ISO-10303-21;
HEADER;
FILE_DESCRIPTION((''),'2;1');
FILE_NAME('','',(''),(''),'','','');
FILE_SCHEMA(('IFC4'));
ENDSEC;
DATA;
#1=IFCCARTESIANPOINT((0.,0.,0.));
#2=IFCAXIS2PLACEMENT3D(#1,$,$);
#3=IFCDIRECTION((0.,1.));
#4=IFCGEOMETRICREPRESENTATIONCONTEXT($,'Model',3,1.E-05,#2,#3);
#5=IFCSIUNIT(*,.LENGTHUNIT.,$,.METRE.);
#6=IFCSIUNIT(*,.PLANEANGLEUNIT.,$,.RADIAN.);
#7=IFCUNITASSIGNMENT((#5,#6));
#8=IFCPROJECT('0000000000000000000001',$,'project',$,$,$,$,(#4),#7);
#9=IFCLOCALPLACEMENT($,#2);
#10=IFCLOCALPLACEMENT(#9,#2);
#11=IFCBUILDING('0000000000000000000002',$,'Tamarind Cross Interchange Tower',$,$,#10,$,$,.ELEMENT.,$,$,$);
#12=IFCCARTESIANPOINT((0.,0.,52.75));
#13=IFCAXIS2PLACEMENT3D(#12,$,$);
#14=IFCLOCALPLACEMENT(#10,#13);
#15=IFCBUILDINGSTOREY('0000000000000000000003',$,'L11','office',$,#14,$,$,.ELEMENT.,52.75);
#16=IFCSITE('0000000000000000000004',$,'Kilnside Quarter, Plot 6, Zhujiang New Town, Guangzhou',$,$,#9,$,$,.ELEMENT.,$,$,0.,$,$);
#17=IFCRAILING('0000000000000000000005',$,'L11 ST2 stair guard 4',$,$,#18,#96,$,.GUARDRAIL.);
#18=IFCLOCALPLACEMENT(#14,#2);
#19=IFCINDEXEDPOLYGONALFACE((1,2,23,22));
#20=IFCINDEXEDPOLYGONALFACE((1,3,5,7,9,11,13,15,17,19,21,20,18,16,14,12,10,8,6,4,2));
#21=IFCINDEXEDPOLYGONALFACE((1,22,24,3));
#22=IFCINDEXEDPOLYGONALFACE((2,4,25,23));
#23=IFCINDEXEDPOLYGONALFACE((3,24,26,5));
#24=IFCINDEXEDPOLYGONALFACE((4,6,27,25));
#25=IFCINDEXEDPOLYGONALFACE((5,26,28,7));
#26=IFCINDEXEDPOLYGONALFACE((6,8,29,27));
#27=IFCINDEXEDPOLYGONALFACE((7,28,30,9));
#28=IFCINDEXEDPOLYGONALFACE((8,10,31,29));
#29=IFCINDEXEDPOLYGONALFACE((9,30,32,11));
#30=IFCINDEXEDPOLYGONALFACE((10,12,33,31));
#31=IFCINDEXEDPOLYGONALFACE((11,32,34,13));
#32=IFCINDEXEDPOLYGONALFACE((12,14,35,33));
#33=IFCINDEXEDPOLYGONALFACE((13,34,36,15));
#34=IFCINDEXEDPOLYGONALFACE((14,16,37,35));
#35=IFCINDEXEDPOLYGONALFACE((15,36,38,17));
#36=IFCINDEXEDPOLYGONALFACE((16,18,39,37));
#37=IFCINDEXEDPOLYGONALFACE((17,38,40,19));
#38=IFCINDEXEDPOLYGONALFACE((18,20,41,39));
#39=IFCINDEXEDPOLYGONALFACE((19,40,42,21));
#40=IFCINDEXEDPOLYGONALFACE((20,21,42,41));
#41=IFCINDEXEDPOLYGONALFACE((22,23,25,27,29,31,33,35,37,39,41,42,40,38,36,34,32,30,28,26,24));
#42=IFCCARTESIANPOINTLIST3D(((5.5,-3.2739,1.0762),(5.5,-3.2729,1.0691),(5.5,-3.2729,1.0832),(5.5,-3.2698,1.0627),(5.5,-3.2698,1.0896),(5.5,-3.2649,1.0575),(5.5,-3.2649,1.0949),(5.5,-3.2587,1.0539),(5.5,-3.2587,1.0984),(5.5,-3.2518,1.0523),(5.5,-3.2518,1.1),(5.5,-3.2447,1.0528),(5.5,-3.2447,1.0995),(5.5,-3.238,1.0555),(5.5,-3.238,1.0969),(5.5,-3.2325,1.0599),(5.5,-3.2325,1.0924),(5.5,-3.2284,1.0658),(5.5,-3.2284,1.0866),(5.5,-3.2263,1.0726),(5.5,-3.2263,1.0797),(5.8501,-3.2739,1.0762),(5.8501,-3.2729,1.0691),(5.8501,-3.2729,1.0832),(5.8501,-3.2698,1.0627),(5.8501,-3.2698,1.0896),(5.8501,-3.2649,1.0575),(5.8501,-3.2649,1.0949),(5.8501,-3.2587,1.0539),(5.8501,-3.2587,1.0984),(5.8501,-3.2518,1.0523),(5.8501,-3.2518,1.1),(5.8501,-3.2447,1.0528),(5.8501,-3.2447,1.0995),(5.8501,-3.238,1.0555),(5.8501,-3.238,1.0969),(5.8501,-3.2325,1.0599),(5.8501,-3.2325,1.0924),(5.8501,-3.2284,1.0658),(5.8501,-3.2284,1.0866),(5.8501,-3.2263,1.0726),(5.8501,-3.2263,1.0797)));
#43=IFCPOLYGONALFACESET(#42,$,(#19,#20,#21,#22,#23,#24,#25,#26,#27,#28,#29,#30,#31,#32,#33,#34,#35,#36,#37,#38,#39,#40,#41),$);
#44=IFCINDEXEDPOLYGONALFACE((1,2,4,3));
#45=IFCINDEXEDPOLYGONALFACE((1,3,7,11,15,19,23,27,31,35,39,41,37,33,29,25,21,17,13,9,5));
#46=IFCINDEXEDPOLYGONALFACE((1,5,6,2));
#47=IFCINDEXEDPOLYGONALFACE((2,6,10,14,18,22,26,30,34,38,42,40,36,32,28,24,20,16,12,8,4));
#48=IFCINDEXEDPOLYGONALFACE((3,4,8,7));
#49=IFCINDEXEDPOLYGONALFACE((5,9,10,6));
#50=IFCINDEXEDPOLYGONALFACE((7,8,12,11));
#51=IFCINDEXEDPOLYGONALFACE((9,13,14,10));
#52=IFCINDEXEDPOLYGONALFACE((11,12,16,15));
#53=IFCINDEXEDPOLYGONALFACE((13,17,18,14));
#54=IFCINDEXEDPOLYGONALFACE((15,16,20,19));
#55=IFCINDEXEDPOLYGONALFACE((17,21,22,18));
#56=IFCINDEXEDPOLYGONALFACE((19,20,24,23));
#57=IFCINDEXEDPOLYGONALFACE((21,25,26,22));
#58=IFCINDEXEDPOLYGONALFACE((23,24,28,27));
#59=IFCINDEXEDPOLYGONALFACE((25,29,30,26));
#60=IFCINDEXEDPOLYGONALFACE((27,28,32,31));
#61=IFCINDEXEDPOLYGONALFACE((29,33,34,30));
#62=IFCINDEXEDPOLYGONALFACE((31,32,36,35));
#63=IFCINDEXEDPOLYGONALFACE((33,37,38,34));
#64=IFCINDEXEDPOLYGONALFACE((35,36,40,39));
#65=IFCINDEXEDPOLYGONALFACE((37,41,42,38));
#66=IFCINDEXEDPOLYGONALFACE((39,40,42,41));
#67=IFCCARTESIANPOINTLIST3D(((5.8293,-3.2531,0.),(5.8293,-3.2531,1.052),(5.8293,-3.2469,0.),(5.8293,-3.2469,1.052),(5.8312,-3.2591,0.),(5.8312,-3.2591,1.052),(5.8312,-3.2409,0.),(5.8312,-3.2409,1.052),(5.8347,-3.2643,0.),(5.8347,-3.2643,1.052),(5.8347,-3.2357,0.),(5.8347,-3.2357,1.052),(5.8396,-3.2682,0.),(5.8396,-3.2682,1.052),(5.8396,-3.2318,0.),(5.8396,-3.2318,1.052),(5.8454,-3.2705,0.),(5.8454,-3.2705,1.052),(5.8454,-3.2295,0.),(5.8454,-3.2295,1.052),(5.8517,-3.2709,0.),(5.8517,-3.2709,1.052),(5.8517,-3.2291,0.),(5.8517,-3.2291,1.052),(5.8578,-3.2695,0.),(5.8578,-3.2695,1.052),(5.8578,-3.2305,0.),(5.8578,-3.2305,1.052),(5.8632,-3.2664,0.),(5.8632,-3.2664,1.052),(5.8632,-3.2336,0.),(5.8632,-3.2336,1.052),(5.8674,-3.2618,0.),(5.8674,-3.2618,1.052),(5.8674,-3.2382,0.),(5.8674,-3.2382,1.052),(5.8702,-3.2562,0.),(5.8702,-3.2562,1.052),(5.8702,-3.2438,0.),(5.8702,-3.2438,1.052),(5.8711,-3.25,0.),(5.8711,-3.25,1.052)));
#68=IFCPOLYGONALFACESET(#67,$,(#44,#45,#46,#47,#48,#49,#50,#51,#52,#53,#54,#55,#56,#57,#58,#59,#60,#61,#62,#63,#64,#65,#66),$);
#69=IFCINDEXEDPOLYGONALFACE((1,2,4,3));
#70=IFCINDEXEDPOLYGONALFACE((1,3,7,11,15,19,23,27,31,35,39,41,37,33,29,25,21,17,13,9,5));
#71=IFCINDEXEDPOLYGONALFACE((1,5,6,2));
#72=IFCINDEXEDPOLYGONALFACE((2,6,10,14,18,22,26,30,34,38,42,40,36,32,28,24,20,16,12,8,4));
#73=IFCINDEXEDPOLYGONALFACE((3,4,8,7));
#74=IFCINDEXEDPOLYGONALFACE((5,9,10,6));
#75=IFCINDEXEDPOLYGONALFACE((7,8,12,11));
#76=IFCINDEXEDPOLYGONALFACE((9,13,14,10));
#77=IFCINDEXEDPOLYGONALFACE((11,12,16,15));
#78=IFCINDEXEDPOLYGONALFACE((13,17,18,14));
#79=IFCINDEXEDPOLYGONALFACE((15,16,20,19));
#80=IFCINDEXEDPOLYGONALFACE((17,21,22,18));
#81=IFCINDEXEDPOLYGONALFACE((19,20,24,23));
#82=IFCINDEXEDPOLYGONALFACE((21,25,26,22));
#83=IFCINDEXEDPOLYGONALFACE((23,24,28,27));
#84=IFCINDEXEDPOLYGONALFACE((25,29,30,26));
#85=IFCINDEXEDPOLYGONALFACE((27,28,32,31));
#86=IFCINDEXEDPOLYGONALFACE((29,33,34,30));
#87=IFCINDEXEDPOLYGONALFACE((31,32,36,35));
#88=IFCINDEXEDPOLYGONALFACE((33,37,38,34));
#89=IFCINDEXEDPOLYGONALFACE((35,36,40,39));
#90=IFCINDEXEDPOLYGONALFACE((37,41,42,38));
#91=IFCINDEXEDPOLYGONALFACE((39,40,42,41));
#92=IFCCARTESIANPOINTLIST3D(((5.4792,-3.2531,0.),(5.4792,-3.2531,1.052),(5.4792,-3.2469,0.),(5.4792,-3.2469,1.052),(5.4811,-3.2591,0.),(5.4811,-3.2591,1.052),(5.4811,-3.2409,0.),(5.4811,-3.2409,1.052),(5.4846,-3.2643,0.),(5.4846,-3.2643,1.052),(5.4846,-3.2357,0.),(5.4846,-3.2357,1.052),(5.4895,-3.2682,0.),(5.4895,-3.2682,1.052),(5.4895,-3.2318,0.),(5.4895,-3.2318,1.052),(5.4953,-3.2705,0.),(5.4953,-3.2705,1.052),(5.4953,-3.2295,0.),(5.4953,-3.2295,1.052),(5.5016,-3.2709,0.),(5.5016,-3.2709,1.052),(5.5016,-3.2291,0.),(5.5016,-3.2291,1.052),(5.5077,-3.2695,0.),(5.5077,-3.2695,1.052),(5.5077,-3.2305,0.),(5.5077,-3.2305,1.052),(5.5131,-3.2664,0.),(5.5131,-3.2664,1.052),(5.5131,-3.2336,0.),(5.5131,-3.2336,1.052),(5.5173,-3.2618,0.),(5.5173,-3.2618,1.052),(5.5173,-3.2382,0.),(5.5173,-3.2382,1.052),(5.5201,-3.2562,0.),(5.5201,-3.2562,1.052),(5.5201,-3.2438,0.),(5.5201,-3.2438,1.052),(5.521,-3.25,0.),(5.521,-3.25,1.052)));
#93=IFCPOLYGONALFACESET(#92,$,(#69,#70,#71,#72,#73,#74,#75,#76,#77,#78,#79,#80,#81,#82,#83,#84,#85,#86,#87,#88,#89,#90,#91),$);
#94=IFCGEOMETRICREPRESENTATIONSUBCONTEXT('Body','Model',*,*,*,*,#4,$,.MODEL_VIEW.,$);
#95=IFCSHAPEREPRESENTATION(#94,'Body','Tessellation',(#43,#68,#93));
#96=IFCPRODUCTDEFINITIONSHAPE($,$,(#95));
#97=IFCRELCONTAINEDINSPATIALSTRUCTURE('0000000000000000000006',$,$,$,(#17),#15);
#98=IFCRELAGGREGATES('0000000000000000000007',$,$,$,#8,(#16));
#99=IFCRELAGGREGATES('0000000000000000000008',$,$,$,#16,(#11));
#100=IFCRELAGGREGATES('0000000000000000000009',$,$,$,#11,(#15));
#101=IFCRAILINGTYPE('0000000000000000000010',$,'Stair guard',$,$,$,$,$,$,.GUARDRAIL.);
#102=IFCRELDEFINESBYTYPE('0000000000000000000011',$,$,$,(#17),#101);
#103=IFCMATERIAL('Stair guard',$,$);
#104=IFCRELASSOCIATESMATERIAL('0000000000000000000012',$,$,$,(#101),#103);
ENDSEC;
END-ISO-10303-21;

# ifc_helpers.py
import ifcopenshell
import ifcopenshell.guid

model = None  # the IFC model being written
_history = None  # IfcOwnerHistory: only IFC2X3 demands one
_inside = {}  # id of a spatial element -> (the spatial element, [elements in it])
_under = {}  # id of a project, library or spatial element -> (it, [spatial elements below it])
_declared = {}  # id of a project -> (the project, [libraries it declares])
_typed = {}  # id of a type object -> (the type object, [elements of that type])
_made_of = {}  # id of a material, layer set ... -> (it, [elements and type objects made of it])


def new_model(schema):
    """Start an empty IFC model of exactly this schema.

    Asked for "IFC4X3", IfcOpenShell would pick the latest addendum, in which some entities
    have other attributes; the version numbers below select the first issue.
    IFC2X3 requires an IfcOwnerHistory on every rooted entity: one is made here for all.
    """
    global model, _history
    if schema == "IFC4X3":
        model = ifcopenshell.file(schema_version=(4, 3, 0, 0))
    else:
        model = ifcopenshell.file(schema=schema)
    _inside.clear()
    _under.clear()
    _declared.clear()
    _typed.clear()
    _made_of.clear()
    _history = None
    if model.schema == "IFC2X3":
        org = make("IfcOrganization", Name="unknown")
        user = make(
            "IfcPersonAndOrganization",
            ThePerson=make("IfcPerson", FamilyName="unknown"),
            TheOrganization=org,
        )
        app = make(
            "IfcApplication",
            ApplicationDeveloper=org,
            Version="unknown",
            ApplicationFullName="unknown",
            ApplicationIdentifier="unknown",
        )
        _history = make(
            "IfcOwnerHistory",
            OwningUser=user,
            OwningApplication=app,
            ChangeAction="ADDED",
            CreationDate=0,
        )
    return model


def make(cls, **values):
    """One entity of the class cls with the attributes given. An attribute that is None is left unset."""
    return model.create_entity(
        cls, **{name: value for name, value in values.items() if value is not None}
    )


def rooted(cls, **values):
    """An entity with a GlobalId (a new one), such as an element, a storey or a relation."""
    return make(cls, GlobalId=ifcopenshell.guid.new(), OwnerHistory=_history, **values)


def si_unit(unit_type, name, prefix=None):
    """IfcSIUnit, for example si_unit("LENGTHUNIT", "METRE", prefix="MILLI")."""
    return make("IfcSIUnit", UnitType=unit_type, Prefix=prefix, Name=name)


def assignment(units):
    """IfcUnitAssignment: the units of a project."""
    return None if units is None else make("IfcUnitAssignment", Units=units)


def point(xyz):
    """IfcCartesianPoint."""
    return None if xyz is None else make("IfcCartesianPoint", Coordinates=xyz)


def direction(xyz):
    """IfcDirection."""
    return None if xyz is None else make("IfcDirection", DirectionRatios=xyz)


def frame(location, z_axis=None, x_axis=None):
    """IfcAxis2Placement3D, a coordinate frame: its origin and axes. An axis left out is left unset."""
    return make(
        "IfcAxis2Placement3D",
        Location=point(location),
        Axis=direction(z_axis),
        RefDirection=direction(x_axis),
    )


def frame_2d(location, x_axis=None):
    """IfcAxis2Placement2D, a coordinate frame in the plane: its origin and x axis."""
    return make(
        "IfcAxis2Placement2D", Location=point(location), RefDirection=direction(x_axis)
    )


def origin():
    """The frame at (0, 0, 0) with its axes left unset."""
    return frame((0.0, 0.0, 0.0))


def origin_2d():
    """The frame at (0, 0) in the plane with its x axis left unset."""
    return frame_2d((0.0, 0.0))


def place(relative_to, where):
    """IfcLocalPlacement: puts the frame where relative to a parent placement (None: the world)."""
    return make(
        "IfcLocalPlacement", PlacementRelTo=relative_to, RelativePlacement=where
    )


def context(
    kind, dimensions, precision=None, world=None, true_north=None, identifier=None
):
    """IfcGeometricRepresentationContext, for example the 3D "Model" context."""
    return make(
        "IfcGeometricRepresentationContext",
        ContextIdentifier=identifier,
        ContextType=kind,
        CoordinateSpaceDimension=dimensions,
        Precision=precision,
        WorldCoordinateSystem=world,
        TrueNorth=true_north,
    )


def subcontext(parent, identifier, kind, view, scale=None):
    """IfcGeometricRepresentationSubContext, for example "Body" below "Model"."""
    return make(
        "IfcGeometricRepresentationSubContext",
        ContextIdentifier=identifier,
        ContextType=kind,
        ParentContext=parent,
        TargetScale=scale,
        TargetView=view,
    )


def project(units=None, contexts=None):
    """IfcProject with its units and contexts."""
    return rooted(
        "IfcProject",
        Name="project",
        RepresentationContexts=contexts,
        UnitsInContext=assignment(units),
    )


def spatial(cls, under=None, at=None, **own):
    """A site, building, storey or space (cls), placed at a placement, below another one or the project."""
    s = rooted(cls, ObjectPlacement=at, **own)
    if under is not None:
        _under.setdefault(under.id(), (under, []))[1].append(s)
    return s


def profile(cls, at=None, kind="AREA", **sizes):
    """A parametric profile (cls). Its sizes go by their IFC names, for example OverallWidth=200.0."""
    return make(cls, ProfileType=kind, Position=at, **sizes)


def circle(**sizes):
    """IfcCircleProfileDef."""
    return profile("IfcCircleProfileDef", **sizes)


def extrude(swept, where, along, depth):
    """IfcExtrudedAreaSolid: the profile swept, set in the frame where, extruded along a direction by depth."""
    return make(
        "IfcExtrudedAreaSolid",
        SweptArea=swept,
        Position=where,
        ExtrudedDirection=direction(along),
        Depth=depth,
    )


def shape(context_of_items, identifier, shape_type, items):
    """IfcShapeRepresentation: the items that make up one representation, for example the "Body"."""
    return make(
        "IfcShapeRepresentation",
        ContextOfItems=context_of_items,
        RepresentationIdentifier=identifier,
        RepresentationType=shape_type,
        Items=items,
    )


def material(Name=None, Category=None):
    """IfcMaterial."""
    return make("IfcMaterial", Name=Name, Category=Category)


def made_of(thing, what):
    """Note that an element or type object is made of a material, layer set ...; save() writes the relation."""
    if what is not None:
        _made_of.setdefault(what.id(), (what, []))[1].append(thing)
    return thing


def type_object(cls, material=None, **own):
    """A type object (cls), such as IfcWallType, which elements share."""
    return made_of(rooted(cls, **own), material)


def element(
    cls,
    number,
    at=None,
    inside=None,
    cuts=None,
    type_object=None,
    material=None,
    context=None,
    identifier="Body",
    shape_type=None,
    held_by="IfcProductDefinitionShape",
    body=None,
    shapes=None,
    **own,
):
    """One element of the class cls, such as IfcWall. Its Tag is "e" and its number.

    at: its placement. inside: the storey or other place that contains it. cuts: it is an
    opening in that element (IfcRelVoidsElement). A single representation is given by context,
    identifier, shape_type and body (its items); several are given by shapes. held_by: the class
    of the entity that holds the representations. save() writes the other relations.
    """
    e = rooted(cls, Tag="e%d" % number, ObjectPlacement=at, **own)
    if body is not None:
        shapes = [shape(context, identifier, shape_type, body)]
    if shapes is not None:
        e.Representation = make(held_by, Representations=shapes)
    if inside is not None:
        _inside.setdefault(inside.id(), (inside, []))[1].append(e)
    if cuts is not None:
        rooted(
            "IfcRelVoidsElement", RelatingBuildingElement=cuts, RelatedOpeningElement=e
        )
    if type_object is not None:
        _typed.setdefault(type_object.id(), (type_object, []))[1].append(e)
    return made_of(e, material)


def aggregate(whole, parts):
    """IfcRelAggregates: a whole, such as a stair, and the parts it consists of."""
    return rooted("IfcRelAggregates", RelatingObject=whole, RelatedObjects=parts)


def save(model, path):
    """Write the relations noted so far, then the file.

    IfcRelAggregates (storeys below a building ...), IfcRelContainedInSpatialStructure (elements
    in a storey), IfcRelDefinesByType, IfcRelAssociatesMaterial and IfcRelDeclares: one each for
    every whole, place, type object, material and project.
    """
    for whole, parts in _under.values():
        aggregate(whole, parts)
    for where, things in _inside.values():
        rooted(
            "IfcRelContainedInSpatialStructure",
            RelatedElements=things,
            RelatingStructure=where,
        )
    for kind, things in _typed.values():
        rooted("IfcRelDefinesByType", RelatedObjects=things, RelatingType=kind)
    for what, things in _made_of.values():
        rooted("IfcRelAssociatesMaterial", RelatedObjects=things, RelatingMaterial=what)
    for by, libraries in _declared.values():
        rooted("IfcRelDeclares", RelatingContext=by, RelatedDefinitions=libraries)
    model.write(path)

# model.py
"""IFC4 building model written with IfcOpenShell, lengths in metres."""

from ifc_helpers import new_model, si_unit, direction, frame, origin, origin_2d, place, context, subcontext, project, spatial, circle, extrude, material, type_object, element, save


model = new_model("IFC4")

# Units and contexts
model_context = context("Model", 3, precision=1e-05, world=origin(), true_north=direction((0.0, 1.0)))
body_context = subcontext(model_context, "Body", "Model", "MODEL_VIEW")
ifc_project = project(units=[si_unit("LENGTHUNIT", "METRE"), si_unit("PLANEANGLEUNIT", "RADIAN")], contexts=[model_context])

# Site, building, storey
site_placement = place(None, origin())
site = spatial("IfcSite", under=ifc_project, at=site_placement, Name="Kilnside Quarter, Plot 6, Zhujiang New Town, Guangzhou", CompositionType="ELEMENT", RefElevation=0.0)
building_placement = place(site_placement, origin())
building = spatial("IfcBuilding", under=site, at=building_placement, Name="Tamarind Cross Interchange Tower", CompositionType="ELEMENT")
storey_placement = place(building_placement, frame((0.0, 0.0, 52.75)))
storey = spatial("IfcBuildingStorey", under=building, at=storey_placement, Name="L11", Description="office", CompositionType="ELEMENT", Elevation=52.75)

# Railing
ifc_material_1 = material(Name="Stair guard")
railing_type = type_object("IfcRailingType", Name="Stair guard", PredefinedType="GUARDRAIL", material=ifc_material_1)
railing_1_placement = place(storey_placement, frame((5.8501, -3.25, 0.0)))
element("IfcRailing", 1, at=railing_1_placement, inside=storey, type_object=railing_type, Name="L11 ST2 stair guard 4", PredefinedType="GUARDRAIL", context=body_context, shape_type="SweptSolid", body=[
    extrude(circle(Radius=0.0239, at=origin_2d()), frame((0.0, 0.0, 1.0762), z_axis=(-1.0, 0.0, 0.0), x_axis=(0.0, -1.0, 0.0)), (0.0, 0.0, 1.0), 0.3501),
    extrude(circle(Radius=0.021, at=origin_2d()), origin(), (0.0, 0.0, 1.0), 1.052),
    extrude(circle(Radius=0.021, at=origin_2d()), frame((-0.3501, 0.0, 0.0)), (0.0, 0.0, 1.0), 1.052),
])

save(model, "model.ifc")
